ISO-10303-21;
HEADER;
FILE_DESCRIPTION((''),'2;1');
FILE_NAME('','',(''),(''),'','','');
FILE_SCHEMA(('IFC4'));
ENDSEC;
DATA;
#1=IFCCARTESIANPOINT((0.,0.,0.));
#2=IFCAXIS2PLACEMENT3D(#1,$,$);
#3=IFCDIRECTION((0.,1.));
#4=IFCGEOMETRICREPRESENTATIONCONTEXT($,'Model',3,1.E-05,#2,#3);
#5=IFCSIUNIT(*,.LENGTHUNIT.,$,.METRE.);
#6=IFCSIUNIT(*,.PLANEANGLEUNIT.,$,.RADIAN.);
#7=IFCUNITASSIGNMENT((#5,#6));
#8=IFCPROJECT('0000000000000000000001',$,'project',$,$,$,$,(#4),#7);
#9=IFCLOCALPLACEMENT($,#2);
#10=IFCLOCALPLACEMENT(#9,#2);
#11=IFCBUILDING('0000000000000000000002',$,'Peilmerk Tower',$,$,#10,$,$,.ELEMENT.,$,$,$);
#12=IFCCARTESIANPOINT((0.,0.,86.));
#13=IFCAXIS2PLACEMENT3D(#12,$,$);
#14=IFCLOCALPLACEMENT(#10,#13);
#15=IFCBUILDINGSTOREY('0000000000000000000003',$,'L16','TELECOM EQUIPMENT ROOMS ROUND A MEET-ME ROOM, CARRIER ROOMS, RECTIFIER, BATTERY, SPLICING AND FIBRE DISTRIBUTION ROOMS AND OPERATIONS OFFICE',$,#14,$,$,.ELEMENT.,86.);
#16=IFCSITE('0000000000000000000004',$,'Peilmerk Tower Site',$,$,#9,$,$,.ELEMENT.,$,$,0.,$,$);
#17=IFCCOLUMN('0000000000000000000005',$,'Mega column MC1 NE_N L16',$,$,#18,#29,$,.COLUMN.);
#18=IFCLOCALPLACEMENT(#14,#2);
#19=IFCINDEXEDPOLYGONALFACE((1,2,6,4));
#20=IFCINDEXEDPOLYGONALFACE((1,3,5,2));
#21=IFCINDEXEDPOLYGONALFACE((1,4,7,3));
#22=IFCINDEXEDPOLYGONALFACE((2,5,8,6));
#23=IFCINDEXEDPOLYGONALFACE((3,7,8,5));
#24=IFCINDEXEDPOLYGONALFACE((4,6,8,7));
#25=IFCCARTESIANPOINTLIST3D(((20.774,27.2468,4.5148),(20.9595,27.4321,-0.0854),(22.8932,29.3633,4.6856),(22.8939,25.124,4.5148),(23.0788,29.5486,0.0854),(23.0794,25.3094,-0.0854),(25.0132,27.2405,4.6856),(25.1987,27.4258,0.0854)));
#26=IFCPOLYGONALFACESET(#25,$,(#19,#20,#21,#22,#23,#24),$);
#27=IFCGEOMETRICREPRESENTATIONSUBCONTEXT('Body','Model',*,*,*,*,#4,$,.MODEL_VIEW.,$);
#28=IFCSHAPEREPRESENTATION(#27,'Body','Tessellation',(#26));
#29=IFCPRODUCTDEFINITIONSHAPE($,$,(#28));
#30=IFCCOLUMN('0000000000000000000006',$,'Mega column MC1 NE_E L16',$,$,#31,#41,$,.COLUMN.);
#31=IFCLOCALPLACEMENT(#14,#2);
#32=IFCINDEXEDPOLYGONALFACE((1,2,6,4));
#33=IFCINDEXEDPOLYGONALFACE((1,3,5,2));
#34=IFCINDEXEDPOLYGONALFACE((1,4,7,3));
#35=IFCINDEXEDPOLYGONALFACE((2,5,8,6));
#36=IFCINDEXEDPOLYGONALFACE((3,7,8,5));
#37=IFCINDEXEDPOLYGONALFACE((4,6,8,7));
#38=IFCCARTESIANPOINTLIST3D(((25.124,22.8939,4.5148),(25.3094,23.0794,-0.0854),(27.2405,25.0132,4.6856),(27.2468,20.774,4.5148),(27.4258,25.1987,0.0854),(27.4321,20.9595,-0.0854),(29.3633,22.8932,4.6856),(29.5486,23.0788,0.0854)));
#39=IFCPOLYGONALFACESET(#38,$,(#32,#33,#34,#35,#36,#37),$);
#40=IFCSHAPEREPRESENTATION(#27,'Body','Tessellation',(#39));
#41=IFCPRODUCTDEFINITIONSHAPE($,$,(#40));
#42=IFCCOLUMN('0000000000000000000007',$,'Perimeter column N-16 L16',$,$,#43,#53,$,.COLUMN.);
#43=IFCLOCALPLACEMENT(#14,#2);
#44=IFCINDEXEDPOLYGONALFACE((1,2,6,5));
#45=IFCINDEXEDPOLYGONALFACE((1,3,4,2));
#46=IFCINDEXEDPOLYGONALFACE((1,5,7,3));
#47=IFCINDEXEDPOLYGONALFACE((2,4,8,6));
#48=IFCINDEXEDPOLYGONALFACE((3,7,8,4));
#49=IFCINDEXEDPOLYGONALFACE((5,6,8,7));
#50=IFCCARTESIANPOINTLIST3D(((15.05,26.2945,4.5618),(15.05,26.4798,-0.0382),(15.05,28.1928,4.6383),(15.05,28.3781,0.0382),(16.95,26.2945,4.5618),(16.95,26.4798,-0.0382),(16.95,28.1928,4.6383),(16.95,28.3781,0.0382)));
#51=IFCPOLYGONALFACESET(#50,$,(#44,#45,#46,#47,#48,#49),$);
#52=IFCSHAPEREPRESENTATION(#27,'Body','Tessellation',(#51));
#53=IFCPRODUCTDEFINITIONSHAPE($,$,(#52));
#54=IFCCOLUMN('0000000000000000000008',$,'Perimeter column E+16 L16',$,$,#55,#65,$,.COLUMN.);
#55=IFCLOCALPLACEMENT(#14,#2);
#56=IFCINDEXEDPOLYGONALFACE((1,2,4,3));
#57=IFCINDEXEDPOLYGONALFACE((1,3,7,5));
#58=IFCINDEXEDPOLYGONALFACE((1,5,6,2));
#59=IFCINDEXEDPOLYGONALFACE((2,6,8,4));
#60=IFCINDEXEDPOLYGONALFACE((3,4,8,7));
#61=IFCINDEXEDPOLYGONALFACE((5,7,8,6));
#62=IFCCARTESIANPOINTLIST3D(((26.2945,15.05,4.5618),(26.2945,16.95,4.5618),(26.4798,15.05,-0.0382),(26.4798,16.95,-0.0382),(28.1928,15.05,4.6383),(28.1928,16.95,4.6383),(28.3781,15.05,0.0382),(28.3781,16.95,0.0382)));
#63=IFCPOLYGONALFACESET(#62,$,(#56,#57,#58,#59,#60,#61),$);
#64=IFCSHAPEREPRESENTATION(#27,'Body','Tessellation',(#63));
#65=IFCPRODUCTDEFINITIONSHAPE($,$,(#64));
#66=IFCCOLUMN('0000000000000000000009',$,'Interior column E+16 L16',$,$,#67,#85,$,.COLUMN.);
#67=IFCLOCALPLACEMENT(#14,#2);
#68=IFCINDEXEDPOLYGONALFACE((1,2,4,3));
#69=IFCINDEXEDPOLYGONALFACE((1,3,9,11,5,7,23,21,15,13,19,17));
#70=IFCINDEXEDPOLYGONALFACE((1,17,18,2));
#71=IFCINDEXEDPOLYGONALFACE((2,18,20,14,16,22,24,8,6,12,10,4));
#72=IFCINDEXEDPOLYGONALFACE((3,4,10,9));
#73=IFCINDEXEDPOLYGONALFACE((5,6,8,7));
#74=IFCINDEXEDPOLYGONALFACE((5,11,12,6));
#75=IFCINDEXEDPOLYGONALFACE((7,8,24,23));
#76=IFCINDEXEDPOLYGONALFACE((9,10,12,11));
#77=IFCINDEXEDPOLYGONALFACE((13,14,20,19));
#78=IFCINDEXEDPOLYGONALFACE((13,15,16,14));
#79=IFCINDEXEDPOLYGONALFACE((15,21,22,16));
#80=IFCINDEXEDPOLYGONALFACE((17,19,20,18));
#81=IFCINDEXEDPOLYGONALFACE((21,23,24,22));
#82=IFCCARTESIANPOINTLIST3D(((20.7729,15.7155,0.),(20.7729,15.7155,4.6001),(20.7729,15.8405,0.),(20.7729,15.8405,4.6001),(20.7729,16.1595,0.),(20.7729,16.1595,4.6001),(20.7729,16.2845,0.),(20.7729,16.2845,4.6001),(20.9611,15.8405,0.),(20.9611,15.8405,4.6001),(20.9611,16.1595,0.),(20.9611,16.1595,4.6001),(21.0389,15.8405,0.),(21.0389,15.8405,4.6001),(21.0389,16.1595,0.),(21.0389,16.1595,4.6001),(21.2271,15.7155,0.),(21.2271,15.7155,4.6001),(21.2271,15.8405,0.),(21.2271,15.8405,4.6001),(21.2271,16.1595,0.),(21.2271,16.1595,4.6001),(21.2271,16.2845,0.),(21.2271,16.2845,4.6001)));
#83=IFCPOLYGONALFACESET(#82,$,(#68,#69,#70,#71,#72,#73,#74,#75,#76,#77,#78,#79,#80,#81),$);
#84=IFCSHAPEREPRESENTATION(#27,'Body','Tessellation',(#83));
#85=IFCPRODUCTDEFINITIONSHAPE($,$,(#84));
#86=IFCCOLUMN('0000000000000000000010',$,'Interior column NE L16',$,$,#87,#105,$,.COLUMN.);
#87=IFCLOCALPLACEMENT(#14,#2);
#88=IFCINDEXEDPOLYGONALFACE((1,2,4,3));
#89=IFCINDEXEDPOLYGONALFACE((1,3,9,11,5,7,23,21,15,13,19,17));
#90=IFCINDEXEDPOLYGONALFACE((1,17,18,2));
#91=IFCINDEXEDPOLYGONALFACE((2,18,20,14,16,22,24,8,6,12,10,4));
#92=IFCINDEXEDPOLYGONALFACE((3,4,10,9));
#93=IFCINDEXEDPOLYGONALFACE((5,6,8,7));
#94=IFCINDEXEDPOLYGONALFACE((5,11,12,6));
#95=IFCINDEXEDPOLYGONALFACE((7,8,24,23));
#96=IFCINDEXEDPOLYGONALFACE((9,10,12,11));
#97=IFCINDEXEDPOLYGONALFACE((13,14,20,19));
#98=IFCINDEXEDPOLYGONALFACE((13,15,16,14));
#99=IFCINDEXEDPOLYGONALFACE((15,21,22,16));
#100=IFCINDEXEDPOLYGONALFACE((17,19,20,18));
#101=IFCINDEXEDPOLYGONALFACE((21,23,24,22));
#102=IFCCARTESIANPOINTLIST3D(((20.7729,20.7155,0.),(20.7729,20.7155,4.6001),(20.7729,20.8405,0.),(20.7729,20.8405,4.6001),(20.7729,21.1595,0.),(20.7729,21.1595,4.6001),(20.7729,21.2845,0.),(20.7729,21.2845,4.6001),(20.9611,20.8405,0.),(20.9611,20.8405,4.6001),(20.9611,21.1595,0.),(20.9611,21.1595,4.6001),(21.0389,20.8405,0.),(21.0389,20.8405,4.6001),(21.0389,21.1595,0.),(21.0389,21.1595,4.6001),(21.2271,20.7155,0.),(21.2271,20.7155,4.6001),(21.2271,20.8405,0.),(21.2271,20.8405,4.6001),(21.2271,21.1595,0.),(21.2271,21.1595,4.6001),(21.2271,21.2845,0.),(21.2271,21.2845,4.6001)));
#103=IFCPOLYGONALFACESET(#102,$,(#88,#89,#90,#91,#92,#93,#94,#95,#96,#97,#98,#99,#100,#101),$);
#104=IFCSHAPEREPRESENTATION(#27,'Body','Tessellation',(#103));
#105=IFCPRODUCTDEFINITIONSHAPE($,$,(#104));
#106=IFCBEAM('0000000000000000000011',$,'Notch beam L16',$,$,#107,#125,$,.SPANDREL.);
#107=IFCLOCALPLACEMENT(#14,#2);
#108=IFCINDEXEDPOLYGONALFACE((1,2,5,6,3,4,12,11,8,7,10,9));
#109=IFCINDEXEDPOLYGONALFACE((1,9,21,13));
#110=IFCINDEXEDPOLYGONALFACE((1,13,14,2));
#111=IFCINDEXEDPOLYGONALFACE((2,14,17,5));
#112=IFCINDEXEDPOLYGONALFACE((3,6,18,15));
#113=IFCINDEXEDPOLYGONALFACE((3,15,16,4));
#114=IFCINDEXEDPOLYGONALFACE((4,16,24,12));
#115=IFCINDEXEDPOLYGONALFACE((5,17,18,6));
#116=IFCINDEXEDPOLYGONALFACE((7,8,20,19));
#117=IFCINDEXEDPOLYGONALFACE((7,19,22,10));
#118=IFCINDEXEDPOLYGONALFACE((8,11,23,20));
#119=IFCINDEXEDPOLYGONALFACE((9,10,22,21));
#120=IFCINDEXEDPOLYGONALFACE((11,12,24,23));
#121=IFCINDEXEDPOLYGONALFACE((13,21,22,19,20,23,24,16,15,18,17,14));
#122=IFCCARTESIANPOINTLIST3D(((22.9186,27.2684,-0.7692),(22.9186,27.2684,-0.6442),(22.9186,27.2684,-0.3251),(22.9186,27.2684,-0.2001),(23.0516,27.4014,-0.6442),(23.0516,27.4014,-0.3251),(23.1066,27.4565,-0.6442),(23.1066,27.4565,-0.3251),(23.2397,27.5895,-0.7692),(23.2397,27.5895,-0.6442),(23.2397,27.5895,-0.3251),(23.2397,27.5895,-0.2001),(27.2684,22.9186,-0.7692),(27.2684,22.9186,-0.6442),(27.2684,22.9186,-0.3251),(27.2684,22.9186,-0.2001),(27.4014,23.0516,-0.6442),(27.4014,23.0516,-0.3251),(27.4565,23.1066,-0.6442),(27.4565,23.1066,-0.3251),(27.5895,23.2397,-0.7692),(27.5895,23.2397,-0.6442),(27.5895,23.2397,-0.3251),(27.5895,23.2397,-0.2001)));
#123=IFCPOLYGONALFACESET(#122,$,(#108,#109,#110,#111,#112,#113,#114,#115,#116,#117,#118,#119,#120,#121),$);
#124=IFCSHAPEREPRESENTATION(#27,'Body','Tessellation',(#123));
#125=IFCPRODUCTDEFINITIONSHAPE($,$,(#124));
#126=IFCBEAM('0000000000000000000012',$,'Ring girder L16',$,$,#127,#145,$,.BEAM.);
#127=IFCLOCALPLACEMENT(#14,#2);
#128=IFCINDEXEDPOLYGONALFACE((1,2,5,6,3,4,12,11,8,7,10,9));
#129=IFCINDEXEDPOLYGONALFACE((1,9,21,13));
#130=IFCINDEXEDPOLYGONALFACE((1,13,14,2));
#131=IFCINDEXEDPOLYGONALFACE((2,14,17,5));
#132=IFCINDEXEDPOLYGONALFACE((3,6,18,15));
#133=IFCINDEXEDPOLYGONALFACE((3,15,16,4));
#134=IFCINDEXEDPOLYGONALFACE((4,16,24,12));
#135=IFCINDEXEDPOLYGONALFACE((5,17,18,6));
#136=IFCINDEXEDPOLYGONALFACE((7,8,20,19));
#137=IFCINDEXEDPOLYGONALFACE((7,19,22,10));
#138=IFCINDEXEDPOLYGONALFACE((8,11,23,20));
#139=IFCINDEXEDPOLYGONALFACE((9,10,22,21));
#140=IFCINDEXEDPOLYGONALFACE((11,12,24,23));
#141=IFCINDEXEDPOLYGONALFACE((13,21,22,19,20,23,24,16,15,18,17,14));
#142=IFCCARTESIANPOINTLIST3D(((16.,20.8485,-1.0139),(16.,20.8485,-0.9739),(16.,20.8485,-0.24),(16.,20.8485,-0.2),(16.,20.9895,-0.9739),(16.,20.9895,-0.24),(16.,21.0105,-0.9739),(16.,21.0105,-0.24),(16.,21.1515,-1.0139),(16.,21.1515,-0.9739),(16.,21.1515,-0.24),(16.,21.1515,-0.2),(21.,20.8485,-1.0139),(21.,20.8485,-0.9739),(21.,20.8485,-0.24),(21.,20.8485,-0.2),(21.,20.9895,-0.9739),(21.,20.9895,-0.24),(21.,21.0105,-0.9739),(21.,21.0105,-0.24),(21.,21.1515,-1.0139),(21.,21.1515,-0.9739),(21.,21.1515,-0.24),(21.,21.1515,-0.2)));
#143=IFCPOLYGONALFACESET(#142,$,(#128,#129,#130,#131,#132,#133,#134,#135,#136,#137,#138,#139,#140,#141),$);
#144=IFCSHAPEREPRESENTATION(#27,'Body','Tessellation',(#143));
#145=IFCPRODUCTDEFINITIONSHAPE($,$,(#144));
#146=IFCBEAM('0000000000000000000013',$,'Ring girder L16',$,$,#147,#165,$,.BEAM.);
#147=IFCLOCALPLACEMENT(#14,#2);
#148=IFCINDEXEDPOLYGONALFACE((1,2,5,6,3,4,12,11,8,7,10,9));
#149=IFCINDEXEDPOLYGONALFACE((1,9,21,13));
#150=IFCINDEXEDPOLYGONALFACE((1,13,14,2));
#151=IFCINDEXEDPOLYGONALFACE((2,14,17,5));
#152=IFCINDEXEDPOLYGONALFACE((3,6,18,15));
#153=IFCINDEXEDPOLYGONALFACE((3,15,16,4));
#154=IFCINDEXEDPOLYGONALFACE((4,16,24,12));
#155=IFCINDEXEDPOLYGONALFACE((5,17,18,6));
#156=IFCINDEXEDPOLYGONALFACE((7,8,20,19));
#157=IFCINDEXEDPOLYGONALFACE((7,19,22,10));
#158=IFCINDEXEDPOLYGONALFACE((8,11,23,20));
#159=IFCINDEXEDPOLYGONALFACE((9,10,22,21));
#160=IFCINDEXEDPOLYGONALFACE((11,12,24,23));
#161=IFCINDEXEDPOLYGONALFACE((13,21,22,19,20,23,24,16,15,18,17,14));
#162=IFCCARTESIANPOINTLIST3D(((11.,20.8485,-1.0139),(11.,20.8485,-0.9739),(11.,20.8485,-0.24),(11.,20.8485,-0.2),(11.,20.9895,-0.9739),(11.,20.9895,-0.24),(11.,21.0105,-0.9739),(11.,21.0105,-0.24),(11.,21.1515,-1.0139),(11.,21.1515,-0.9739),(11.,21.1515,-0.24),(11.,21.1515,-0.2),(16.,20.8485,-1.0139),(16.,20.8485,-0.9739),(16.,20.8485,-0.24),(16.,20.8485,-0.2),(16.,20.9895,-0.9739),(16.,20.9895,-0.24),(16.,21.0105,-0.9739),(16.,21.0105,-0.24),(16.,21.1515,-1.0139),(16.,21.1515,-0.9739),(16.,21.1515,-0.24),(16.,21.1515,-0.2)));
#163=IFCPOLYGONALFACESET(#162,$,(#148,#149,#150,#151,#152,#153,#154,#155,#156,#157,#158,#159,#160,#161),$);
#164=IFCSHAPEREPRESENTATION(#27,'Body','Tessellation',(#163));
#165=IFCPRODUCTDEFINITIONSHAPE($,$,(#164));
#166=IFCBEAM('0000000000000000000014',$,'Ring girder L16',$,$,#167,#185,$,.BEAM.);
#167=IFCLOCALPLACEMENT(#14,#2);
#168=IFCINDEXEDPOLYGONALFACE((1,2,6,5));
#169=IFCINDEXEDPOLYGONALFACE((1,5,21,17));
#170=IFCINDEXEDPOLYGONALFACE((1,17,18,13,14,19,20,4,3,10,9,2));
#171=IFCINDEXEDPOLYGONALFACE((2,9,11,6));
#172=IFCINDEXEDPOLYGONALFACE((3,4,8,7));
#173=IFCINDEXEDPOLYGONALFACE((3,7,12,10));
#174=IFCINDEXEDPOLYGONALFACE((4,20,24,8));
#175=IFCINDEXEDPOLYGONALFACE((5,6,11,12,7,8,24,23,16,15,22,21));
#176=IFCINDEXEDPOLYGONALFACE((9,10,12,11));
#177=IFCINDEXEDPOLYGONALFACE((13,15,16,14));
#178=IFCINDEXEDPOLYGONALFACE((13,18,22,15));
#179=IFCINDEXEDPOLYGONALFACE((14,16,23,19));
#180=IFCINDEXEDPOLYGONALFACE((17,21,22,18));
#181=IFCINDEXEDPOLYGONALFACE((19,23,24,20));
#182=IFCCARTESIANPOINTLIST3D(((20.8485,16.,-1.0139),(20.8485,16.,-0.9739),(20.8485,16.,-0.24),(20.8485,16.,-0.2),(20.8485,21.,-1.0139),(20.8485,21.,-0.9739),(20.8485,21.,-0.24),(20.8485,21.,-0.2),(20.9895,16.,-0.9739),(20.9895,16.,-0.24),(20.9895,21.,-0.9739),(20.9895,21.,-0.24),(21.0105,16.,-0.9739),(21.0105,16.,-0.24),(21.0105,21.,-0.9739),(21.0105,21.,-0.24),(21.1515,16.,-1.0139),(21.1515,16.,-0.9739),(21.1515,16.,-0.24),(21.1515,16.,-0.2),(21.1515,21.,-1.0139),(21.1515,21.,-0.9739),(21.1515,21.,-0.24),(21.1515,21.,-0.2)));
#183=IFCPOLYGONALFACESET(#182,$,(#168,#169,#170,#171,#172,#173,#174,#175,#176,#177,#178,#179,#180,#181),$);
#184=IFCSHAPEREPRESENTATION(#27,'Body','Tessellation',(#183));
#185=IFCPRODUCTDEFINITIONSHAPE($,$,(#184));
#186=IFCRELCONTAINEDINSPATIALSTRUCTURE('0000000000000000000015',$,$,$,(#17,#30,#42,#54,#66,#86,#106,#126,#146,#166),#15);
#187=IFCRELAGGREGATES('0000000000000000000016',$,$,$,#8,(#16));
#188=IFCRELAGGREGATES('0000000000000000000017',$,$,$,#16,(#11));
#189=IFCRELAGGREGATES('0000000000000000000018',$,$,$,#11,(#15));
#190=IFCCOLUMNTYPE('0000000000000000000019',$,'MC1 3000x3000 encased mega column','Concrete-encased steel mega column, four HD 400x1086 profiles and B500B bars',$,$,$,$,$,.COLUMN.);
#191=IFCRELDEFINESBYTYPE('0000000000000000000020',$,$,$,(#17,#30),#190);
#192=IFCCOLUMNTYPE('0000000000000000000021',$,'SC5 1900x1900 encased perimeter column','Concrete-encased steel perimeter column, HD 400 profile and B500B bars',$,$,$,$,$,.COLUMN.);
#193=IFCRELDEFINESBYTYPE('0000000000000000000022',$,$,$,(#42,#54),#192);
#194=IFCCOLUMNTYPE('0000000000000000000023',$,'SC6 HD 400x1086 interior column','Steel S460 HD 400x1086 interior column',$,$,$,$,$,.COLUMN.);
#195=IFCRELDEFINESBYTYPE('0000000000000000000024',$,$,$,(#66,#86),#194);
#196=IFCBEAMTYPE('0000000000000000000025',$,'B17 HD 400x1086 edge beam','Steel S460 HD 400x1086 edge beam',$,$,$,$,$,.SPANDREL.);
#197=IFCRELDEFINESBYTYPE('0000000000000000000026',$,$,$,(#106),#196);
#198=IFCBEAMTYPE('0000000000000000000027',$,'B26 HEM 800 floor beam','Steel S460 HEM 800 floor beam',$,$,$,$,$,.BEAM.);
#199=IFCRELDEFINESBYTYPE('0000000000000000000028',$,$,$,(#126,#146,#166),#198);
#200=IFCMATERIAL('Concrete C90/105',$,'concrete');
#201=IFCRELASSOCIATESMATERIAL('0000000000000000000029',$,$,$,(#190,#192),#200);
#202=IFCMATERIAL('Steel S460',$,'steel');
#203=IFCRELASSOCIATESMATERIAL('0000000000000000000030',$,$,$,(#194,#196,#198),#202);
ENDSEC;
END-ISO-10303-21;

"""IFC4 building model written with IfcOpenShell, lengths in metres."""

from ifc_helpers import new_model, si_unit, direction, frame, origin, origin_2d, place, context, subcontext, project, spatial, rectangle, i_section, extrude, material, material_profile, profile_set, type_object, element, save


model = new_model("IFC4")

# Units and contexts
model_context = context("Model", 3, precision=1e-05, world=origin(), true_north=direction((0.0, 1.0)))
body_context = subcontext(model_context, "Body", "Model", "MODEL_VIEW")
ifc_project = project(units=[si_unit("LENGTHUNIT", "METRE"), si_unit("PLANEANGLEUNIT", "RADIAN")], contexts=[model_context])

# Site, building, storey
site_placement = place(None, origin())
site = spatial("IfcSite", under=ifc_project, at=site_placement, Name="Peilmerk Tower Site", CompositionType="ELEMENT", RefElevation=0.0)
building_placement = place(site_placement, origin())
building = spatial("IfcBuilding", under=site, at=building_placement, Name="Peilmerk Tower", CompositionType="ELEMENT")
storey_placement = place(building_placement, frame((0.0, 0.0, 86.0)))
storey = spatial("IfcBuildingStorey", under=building, at=storey_placement, Name="L16", Description="TELECOM EQUIPMENT ROOMS ROUND A MEET-ME ROOM, CARRIER ROOMS, RECTIFIER, BATTERY, SPLICING AND FIBRE DISTRIBUTION ROOMS AND OPERATIONS OFFICE", CompositionType="ELEMENT", Elevation=86.0)

# Columns
ifc_material_1 = material(Name="Concrete C90/105", Category="concrete")
ifc_material_profile_1 = material_profile(ifc_material_1, rectangle(XDim=3.0, YDim=3.0, at=origin_2d()), Name="RC 3000x3000")
ifc_profile_set_1 = profile_set([ifc_material_profile_1], Name="Concrete C90/105")
column_type_1 = type_object("IfcColumnType", Name="MC1 3000x3000 encased mega column", Description="Concrete-encased steel mega column, four HD 400x1086 profiles and B500B bars", PredefinedType="COLUMN", material=ifc_profile_set_1)
for number, where, z_axis, x_axis, name in (
    (1, (23.0791, 27.429, 0.0), (-0.04027, -0.040217, 0.998379), (0.706641, -0.707572, 0.0), "Mega column MC1 NE_N L16"),
    (2, (27.429, 23.0791, 0.0), (-0.040217, -0.04027, 0.998379), (0.707572, -0.706641, 0.0), "Mega column MC1 NE_E L16"),
):
    element("IfcColumn", number, at=place(storey_placement, frame(where, z_axis=z_axis, x_axis=x_axis)), inside=storey, type_object=column_type_1, Name=name, PredefinedType="COLUMN", context=body_context, shape_type="SweptSolid", body=[
        extrude(rectangle(XDim=3.0, YDim=3.0, at=origin_2d()), origin(), (0.0, 0.0, 1.0), 4.6077),
    ])
ifc_material_profile_2 = material_profile(ifc_material_1, rectangle(XDim=1.8999, YDim=1.8999, at=origin_2d()), Name="RC 1900x1900")
ifc_profile_set_2 = profile_set([ifc_material_profile_2], Name="Concrete C90/105")
column_type_2 = type_object("IfcColumnType", Name="SC5 1900x1900 encased perimeter column", Description="Concrete-encased steel perimeter column, HD 400 profile and B500B bars", PredefinedType="COLUMN", material=ifc_profile_set_2)
for number, where, z_axis, x_axis, name in (
    (3, (16.0, 27.429, 0.0), (0.0, -0.04025, 0.99919), (1.0, 0.0, 0.0), "Perimeter column N-16 L16"),
    (4, (27.429, 16.0, 0.0), (-0.04025, 0.0, 0.99919), (0.0, -1.0, 0.0), "Perimeter column E+16 L16"),
):
    element("IfcColumn", number, at=place(storey_placement, frame(where, z_axis=z_axis, x_axis=x_axis)), inside=storey, type_object=column_type_2, Name=name, PredefinedType="COLUMN", context=body_context, shape_type="SweptSolid", body=[
        extrude(rectangle(XDim=1.8999, YDim=1.8999, at=origin_2d()), origin(), (0.0, 0.0, 1.0), 4.6038),
    ])
ifc_material_2 = material(Name="Steel S460", Category="steel")
ifc_material_profile_3 = material_profile(ifc_material_2, i_section(OverallWidth=0.4541, OverallDepth=0.5691, WebThickness=0.0779, FlangeThickness=0.125, at=origin_2d()), Name="HD 400x1086")
ifc_profile_set_3 = profile_set([ifc_material_profile_3], Name="Steel S460")
column_type_3 = type_object("IfcColumnType", Name="SC6 HD 400x1086 interior column", Description="Steel S460 HD 400x1086 interior column", PredefinedType="COLUMN", material=ifc_profile_set_3)
for number, where, z_axis, x_axis, name in (
    (5, (21.0, 16.0, 0.0), (0.0, 0.0, 1.0), (1.0, 0.0, 0.0), "Interior column E+16 L16"),
    (6, (21.0, 21.0, 0.0), (0.0, 0.0, 1.0), (1.0, 0.0, 0.0), "Interior column NE L16"),
):
    element("IfcColumn", number, at=place(storey_placement, frame(where, z_axis=z_axis, x_axis=x_axis)), inside=storey, type_object=column_type_3, Name=name, PredefinedType="COLUMN", context=body_context, shape_type="SweptSolid", body=[
        extrude(i_section(OverallWidth=0.4541, OverallDepth=0.5691, WebThickness=0.0779, FlangeThickness=0.125, at=origin_2d()), origin(), (0.0, 0.0, 1.0), 4.6001),
    ])

# Beams
ifc_material_profile_4 = material_profile(ifc_material_2, i_section(OverallWidth=0.4541, OverallDepth=0.5691, WebThickness=0.0779, FlangeThickness=0.125, at=origin_2d()), Name="HD 400x1086")
ifc_profile_set_4 = profile_set([ifc_material_profile_4], Name="Steel S460")
beam_type_1 = type_object("IfcBeamType", Name="B17 HD 400x1086 edge beam", Description="Steel S460 HD 400x1086 edge beam", PredefinedType="SPANDREL", material=ifc_profile_set_4)
beam_1_placement = place(storey_placement, frame((23.0791, 27.429, -0.4846), z_axis=(0.707107, -0.707107, 0.0), x_axis=(0.707107, 0.707107, 0.0)))
element("IfcBeam", 7, at=beam_1_placement, inside=storey, type_object=beam_type_1, Name="Notch beam L16", PredefinedType="SPANDREL", context=body_context, shape_type="SweptSolid", body=[
    extrude(i_section(OverallWidth=0.4541, OverallDepth=0.5691, WebThickness=0.0779, FlangeThickness=0.125, at=origin_2d()), origin(), (0.0, 0.0, 1.0), 6.1516),
])
ifc_material_profile_5 = material_profile(ifc_material_2, i_section(OverallWidth=0.303, OverallDepth=0.814, WebThickness=0.021, FlangeThickness=0.04, at=origin_2d()), Name="HEM 800")
ifc_profile_set_5 = profile_set([ifc_material_profile_5], Name="Steel S460")
beam_type_2 = type_object("IfcBeamType", Name="B26 HEM 800 floor beam", Description="Steel S460 HEM 800 floor beam", PredefinedType="BEAM", material=ifc_profile_set_5)
for number, where, z_axis, x_axis, name in (
    (8, (21.0, 21.0, -0.6069), (-1.0, 0.0, 0.0), (0.0, -1.0, 0.0), "Ring girder L16"),
    (9, (16.0, 21.0, -0.6069), (-1.0, 0.0, 0.0), (0.0, -1.0, 0.0), "Ring girder L16"),
    (10, (21.0, 16.0, -0.6069), (0.0, 1.0, 0.0), (-1.0, 0.0, 0.0), "Ring girder L16"),
):
    element("IfcBeam", number, at=place(storey_placement, frame(where, z_axis=z_axis, x_axis=x_axis)), inside=storey, type_object=beam_type_2, Name=name, PredefinedType="BEAM", context=body_context, shape_type="SweptSolid", body=[
        extrude(i_section(OverallWidth=0.303, OverallDepth=0.814, WebThickness=0.021, FlangeThickness=0.04, at=origin_2d()), origin(), (0.0, 0.0, 1.0), 5.0),
    ])

save(model, "model.ifc")
